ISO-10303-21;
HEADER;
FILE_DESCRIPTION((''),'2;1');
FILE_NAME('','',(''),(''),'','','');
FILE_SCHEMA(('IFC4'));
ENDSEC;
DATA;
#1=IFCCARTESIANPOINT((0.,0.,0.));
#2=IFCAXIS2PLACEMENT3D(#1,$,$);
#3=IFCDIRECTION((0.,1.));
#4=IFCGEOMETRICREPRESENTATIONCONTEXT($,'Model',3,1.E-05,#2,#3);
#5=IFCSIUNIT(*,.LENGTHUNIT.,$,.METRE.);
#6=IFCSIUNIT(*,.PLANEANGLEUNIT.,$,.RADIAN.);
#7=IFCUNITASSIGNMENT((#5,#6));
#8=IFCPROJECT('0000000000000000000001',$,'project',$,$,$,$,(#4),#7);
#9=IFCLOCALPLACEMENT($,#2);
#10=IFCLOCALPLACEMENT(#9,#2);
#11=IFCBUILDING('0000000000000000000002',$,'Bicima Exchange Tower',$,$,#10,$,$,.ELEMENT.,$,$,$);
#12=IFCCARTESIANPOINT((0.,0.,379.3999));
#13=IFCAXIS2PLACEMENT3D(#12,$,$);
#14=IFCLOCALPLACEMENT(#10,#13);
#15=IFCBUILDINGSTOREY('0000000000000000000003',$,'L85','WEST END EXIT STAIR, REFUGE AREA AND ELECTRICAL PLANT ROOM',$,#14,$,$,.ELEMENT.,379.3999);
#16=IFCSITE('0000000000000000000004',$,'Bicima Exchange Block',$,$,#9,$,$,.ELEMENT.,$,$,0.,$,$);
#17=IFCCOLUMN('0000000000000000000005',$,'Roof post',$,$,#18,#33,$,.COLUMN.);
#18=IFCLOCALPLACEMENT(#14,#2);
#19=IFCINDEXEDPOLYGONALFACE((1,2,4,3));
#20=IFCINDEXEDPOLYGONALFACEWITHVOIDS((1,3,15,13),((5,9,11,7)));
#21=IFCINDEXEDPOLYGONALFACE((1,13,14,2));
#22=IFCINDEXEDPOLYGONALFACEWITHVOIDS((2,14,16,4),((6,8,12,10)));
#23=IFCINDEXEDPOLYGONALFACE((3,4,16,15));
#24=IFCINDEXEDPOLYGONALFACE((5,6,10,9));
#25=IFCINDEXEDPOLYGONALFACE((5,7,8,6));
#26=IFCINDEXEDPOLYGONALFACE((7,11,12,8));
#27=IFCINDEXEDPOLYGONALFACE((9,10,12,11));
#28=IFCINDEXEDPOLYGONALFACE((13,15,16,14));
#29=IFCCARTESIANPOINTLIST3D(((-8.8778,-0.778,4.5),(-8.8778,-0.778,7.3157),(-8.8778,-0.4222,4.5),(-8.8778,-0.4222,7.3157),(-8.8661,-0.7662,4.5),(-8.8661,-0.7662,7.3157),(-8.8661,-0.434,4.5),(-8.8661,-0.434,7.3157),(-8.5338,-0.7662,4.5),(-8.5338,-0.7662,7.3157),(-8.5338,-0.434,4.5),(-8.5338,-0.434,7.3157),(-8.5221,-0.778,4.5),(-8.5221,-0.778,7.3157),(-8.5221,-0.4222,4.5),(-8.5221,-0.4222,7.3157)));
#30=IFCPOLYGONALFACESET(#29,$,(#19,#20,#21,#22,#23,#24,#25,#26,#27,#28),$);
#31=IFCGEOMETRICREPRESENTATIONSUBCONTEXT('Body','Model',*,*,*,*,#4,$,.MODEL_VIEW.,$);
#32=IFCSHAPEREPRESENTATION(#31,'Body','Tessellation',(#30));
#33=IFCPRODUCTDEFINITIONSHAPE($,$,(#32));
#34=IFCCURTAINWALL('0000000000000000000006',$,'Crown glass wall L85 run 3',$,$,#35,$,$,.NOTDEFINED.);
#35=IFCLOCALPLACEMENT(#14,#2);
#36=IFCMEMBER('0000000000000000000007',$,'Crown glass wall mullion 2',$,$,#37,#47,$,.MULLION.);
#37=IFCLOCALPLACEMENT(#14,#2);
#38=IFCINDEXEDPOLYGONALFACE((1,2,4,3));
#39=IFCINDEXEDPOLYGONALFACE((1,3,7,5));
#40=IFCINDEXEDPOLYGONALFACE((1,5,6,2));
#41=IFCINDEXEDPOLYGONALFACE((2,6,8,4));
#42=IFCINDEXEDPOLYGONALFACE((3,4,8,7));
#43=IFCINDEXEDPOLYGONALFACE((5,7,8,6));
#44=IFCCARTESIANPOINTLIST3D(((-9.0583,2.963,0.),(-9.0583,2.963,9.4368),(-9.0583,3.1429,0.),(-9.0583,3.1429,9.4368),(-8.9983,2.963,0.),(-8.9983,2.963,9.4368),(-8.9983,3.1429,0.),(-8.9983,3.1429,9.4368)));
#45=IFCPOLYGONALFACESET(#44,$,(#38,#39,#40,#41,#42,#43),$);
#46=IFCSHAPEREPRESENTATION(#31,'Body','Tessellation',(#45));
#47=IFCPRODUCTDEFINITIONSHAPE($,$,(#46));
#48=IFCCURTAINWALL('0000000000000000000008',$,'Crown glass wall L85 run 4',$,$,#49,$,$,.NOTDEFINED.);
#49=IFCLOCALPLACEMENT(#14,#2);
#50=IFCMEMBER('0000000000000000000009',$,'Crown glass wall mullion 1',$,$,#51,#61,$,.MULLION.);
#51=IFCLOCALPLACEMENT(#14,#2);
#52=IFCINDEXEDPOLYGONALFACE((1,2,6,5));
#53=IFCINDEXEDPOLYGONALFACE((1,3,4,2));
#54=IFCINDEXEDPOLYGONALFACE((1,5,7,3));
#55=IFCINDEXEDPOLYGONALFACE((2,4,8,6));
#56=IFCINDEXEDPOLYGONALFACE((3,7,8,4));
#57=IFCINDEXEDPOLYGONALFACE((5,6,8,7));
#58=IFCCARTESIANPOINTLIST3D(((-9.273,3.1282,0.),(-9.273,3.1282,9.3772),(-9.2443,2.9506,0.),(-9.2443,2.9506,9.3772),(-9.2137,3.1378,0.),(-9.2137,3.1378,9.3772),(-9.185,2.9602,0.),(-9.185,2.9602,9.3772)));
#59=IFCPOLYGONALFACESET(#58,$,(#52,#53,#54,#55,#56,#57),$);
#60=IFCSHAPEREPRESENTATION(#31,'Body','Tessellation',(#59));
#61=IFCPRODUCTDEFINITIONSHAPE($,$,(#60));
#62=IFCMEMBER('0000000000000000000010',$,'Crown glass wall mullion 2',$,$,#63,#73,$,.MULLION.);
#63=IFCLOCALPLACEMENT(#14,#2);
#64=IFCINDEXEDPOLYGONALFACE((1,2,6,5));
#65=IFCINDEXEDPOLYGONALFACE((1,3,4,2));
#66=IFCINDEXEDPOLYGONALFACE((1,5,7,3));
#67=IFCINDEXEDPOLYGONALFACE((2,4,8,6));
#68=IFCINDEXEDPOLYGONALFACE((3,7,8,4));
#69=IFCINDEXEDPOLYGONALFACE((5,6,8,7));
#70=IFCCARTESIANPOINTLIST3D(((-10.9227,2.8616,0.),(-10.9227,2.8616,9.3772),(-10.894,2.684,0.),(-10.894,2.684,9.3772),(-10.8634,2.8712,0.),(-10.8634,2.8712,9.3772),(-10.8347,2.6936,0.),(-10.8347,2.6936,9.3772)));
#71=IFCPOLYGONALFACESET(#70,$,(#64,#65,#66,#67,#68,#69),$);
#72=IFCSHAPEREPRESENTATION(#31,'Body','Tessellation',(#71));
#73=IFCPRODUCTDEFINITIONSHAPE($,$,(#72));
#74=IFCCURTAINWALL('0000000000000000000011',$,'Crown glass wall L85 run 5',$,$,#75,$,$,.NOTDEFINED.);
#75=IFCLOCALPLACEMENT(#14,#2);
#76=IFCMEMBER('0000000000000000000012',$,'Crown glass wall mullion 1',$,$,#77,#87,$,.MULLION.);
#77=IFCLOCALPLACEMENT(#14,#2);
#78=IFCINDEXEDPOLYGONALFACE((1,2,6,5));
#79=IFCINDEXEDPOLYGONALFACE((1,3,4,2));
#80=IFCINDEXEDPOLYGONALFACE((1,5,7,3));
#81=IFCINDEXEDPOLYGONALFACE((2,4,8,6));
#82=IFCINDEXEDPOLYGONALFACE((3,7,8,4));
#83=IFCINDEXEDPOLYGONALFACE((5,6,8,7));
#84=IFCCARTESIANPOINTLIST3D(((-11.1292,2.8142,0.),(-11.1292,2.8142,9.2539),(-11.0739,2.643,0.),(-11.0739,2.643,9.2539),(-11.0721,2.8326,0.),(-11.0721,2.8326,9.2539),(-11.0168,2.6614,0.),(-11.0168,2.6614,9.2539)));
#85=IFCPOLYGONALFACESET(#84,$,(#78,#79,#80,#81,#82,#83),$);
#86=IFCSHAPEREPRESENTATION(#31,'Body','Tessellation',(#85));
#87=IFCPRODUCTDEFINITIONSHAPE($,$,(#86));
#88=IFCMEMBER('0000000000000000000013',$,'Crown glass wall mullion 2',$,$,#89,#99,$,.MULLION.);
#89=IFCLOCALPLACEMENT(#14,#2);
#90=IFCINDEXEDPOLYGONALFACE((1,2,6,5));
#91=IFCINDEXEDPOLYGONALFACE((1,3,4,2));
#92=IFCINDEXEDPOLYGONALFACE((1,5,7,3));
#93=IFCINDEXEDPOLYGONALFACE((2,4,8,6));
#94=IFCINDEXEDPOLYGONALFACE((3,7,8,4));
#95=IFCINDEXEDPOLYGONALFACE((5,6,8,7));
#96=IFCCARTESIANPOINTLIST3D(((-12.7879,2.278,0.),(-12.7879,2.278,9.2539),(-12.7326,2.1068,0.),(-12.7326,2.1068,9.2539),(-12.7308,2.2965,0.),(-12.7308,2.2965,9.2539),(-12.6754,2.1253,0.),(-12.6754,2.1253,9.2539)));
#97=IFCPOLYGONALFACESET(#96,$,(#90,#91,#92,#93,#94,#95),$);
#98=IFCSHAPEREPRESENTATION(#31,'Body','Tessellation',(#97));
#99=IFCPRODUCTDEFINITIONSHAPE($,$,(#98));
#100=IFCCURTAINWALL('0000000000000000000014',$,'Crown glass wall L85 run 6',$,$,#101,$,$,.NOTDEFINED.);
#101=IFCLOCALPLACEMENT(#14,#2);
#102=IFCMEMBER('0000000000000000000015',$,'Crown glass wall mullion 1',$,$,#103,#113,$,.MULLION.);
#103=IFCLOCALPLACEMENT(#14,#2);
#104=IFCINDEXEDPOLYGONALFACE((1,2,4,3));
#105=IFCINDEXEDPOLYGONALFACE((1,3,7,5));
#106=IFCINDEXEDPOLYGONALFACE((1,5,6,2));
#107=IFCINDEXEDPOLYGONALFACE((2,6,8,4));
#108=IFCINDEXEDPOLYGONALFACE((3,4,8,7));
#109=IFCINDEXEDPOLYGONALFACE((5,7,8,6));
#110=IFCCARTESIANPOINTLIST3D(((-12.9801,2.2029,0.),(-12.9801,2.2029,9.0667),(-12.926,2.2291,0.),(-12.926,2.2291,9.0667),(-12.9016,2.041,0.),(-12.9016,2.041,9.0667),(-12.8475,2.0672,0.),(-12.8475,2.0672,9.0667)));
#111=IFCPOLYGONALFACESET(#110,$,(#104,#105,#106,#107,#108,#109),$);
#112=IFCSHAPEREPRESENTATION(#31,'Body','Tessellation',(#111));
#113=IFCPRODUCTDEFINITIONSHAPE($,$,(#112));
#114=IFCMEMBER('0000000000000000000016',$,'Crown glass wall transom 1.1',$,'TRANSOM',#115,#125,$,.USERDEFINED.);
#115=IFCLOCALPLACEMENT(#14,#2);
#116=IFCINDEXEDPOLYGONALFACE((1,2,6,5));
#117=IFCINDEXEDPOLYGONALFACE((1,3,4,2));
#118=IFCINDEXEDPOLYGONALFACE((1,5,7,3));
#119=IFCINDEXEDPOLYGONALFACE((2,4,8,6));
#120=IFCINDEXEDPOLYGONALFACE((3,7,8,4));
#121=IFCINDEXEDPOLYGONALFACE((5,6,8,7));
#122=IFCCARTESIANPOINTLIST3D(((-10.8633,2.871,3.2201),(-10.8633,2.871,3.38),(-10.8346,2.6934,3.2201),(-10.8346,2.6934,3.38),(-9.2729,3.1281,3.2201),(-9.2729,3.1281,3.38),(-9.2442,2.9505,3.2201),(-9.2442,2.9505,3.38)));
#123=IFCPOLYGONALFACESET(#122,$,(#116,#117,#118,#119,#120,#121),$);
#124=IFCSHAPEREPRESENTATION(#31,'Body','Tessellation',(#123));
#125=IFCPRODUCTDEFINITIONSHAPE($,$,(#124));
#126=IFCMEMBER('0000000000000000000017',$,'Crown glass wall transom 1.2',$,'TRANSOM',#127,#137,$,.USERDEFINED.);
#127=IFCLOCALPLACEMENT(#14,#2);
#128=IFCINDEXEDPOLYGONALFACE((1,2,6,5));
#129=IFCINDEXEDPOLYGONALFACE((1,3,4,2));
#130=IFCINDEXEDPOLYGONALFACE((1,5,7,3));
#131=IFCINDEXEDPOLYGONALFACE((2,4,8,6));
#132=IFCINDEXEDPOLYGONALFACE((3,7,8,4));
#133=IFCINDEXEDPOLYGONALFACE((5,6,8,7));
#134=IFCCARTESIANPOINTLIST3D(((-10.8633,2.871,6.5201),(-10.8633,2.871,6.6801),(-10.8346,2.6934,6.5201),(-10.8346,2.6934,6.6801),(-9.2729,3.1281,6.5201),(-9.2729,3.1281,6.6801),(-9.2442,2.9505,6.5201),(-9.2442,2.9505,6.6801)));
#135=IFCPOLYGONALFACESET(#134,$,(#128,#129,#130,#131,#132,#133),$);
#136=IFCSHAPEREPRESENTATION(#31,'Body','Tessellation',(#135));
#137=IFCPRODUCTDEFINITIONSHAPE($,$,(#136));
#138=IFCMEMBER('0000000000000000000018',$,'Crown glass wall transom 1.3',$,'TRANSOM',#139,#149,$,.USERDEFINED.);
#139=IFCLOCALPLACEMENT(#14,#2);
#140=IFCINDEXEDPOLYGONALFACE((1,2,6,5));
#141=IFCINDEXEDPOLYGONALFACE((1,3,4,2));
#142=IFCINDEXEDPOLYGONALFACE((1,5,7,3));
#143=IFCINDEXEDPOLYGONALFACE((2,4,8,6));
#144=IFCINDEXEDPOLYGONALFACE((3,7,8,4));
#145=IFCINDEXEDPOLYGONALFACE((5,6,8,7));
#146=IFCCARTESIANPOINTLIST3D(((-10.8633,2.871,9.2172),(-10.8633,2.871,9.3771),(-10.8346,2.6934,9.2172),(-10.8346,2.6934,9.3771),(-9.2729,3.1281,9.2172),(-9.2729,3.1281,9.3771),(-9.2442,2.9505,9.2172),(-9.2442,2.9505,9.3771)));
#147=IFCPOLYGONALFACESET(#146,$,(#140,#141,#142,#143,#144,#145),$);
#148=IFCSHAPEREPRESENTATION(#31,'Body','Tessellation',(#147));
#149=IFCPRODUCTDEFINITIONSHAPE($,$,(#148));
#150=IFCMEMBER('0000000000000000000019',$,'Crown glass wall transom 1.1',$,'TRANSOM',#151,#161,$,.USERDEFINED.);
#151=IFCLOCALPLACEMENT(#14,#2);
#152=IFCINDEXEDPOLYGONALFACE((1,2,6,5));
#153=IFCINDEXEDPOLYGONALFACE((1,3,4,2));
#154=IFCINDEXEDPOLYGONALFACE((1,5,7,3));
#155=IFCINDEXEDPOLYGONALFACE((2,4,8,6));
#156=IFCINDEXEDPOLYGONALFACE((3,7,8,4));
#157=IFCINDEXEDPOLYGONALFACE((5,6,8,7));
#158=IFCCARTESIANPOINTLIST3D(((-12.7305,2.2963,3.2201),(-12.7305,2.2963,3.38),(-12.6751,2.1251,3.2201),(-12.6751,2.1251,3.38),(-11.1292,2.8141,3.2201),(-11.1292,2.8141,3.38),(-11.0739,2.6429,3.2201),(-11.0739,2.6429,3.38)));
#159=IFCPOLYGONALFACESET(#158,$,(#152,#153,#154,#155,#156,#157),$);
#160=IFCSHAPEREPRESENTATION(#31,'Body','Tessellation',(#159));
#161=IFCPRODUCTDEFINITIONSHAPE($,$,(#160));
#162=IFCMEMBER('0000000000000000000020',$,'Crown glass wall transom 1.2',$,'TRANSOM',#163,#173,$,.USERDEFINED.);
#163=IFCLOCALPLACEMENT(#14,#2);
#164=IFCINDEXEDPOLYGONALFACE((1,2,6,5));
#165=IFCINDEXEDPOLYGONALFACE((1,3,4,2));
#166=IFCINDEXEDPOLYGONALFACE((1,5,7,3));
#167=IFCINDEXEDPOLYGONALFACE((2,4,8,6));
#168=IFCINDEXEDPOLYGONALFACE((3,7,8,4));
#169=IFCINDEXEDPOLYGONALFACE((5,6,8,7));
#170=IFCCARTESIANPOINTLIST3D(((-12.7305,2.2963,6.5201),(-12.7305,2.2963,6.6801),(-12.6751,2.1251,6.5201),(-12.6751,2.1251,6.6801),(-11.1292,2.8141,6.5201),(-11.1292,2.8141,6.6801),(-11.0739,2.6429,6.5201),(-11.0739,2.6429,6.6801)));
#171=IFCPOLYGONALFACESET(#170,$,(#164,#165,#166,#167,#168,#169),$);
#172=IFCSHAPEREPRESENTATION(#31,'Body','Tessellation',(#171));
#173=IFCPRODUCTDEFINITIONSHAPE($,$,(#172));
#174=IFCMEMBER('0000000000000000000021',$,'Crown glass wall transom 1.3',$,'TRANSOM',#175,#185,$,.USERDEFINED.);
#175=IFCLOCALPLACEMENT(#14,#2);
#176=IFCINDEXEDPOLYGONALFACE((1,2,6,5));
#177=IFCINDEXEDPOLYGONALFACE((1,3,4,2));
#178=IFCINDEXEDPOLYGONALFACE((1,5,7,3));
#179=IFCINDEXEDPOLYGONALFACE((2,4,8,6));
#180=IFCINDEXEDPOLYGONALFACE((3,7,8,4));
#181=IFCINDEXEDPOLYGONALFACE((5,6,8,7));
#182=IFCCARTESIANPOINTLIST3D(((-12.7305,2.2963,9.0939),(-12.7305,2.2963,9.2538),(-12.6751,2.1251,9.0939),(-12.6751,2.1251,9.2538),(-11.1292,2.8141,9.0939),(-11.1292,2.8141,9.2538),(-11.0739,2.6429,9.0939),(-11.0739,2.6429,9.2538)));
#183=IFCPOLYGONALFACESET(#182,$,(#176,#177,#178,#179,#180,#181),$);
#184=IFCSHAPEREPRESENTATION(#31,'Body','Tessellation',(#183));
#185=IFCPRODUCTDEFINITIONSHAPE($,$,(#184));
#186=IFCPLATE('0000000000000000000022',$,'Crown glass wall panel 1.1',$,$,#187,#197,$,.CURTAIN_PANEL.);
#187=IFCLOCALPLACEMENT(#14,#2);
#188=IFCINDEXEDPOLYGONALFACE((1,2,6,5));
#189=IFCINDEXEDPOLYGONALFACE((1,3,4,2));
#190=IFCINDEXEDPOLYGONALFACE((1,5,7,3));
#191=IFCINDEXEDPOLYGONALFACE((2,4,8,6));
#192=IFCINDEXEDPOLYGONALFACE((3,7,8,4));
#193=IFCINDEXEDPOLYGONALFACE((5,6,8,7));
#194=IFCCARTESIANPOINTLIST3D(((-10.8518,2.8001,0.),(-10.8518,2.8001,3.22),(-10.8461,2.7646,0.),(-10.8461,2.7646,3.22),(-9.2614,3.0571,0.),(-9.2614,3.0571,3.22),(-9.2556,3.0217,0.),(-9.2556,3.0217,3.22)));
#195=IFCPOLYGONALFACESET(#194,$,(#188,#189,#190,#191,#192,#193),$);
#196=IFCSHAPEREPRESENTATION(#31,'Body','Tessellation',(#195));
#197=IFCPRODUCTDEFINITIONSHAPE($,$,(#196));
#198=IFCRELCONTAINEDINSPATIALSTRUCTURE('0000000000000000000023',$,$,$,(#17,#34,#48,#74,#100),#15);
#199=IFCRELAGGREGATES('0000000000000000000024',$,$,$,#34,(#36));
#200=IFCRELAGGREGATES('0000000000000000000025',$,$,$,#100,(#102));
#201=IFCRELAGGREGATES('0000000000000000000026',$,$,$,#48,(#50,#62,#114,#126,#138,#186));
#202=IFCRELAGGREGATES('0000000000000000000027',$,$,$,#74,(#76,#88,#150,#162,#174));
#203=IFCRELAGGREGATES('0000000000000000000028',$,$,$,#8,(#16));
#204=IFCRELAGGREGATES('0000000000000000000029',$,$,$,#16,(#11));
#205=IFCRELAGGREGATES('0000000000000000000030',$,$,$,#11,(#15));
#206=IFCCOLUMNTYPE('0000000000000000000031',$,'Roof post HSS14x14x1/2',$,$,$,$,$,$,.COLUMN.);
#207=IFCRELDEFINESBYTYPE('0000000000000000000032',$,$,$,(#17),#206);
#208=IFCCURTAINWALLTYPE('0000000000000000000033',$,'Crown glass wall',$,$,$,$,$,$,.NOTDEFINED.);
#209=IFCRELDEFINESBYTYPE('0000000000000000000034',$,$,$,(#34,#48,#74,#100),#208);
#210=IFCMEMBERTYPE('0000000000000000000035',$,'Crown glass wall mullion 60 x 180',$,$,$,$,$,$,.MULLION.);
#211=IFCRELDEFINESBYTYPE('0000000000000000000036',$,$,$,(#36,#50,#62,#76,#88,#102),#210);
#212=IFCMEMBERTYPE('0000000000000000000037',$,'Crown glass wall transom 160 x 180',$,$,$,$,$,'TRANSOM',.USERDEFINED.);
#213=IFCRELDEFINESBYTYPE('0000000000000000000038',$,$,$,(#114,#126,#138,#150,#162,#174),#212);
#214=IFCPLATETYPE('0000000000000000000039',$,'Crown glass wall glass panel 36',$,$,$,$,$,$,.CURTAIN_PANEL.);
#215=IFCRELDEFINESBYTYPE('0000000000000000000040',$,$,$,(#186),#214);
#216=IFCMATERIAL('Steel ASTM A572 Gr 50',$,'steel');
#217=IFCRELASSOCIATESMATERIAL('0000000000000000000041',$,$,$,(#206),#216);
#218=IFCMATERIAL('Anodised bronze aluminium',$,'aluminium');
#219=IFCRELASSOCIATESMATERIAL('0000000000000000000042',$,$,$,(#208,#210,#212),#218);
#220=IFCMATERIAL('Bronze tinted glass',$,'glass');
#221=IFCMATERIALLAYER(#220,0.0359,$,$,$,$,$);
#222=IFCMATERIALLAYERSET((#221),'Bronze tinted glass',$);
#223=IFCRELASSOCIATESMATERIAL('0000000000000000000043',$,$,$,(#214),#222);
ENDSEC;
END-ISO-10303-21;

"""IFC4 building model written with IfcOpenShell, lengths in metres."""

from ifc_helpers import new_model, si_unit, direction, frame, origin, origin_2d, place, context, subcontext, project, spatial, rectangle, hollow_rectangle, extrude, material, layer, layer_set, material_profile, profile_set, type_object, element, aggregate, save


model = new_model("IFC4")

# Units and contexts
model_context = context("Model", 3, precision=1e-05, world=origin(), true_north=direction((0.0, 1.0)))
body_context = subcontext(model_context, "Body", "Model", "MODEL_VIEW")
ifc_project = project(units=[si_unit("LENGTHUNIT", "METRE"), si_unit("PLANEANGLEUNIT", "RADIAN")], contexts=[model_context])

# Site, building, storey
site_placement = place(None, origin())
site = spatial("IfcSite", under=ifc_project, at=site_placement, Name="Bicima Exchange Block", CompositionType="ELEMENT", RefElevation=0.0)
building_placement = place(site_placement, origin())
building = spatial("IfcBuilding", under=site, at=building_placement, Name="Bicima Exchange Tower", CompositionType="ELEMENT")
storey_placement = place(building_placement, frame((0.0, 0.0, 379.3999)))
storey = spatial("IfcBuildingStorey", under=building, at=storey_placement, Name="L85", Description="WEST END EXIT STAIR, REFUGE AREA AND ELECTRICAL PLANT ROOM", CompositionType="ELEMENT", Elevation=379.3999)

# Column
ifc_material_1 = material(Name="Steel ASTM A572 Gr 50", Category="steel")
ifc_material_profile_1 = material_profile(ifc_material_1, hollow_rectangle(XDim=0.3557, YDim=0.3557, WallThickness=0.0117, at=origin_2d()))
ifc_profile_set_1 = profile_set([ifc_material_profile_1], Name="Steel ASTM A572 Gr 50")
column_type = type_object("IfcColumnType", Name="Roof post HSS14x14x1/2", PredefinedType="COLUMN", material=ifc_profile_set_1)
column_placement = place(storey_placement, frame((-8.7, -0.6001, 4.5), z_axis=(0.0, 0.0, 1.0), x_axis=(1.0, 0.0, 0.0)))
element("IfcColumn", 1, at=column_placement, inside=storey, type_object=column_type, Name="Roof post", PredefinedType="COLUMN", context=body_context, shape_type="SweptSolid", body=[
    extrude(hollow_rectangle(XDim=0.3557, YDim=0.3557, WallThickness=0.0117, at=origin_2d()), origin(), (0.0, 0.0, 1.0), 2.8157),
])

# Curtain wall, member
ifc_material_2 = material(Name="Anodised bronze aluminium", Category="aluminium")
curtain_wall_type = type_object("IfcCurtainWallType", Name="Crown glass wall", PredefinedType="NOTDEFINED", material=ifc_material_2)
curtain_wall_1_placement = place(storey_placement, origin())
curtain_wall_1 = element("IfcCurtainWall", 2, at=curtain_wall_1_placement, inside=storey, type_object=curtain_wall_type, Name="Crown glass wall L85 run 3", PredefinedType="NOTDEFINED")
ifc_material_profile_2 = material_profile(ifc_material_2, rectangle(XDim=0.1799, YDim=0.0601, at=origin_2d()))
ifc_profile_set_2 = profile_set([ifc_material_profile_2], Name="Anodised bronze aluminium")
member_type_1 = type_object("IfcMemberType", Name="Crown glass wall mullion 60 x 180", PredefinedType="MULLION", material=ifc_profile_set_2)
member_1_placement = place(storey_placement, frame((-9.0283, 3.053, 0.0), z_axis=(0.0, 0.0, 1.0), x_axis=(0.0, -1.0, 0.0)))
member_1 = element("IfcMember", 3, at=member_1_placement, type_object=member_type_1, Name="Crown glass wall mullion 2", PredefinedType="MULLION", context=body_context, shape_type="SweptSolid", body=[
    extrude(rectangle(XDim=0.1799, YDim=0.0601, at=origin_2d()), origin(), (0.0, 0.0, 1.0), 9.4368),
])
aggregate(curtain_wall_1, [member_1])

# Curtain walls, members
curtain_wall_2_placement = place(storey_placement, origin())
curtain_wall_2 = element("IfcCurtainWall", 4, at=curtain_wall_2_placement, inside=storey, type_object=curtain_wall_type, Name="Crown glass wall L85 run 4", PredefinedType="NOTDEFINED")
member_2_placement = place(storey_placement, frame((-9.229, 3.0442, 0.0), z_axis=(0.0, 0.0, 1.0), x_axis=(0.15955, -0.98719, 0.0)))
member_2 = element("IfcMember", 5, at=member_2_placement, type_object=member_type_1, Name="Crown glass wall mullion 1", PredefinedType="MULLION", context=body_context, shape_type="SweptSolid", body=[
    extrude(rectangle(XDim=0.1799, YDim=0.0601, at=origin_2d()), origin(), (0.0, 0.0, 1.0), 9.3772),
])
member_3_placement = place(storey_placement, frame((-10.8787, 2.7776, 0.0), z_axis=(0.0, 0.0, 1.0), x_axis=(0.15955, -0.98719, 0.0)))
member_3 = element("IfcMember", 6, at=member_3_placement, type_object=member_type_1, Name="Crown glass wall mullion 2", PredefinedType="MULLION", context=body_context, shape_type="SweptSolid", body=[
    extrude(rectangle(XDim=0.1799, YDim=0.0601, at=origin_2d()), origin(), (0.0, 0.0, 1.0), 9.3772),
])
curtain_wall_3_placement = place(storey_placement, origin())
curtain_wall_3 = element("IfcCurtainWall", 7, at=curtain_wall_3_placement, inside=storey, type_object=curtain_wall_type, Name="Crown glass wall L85 run 5", PredefinedType="NOTDEFINED")
member_4_placement = place(storey_placement, frame((-11.073, 2.7378, 0.0), z_axis=(0.0, 0.0, 1.0), x_axis=(0.307573, -0.951525, 0.0)))
member_4 = element("IfcMember", 8, at=member_4_placement, type_object=member_type_1, Name="Crown glass wall mullion 1", PredefinedType="MULLION", context=body_context, shape_type="SweptSolid", body=[
    extrude(rectangle(XDim=0.1799, YDim=0.0601, at=origin_2d()), origin(), (0.0, 0.0, 1.0), 9.2539),
])
member_5_placement = place(storey_placement, frame((-12.7317, 2.2017, 0.0), z_axis=(0.0, 0.0, 1.0), x_axis=(0.307573, -0.951525, 0.0)))
member_5 = element("IfcMember", 9, at=member_5_placement, type_object=member_type_1, Name="Crown glass wall mullion 2", PredefinedType="MULLION", context=body_context, shape_type="SweptSolid", body=[
    extrude(rectangle(XDim=0.1799, YDim=0.0601, at=origin_2d()), origin(), (0.0, 0.0, 1.0), 9.2539),
])

# Curtain wall, member
curtain_wall_4_placement = place(storey_placement, origin())
curtain_wall_4 = element("IfcCurtainWall", 10, at=curtain_wall_4_placement, inside=storey, type_object=curtain_wall_type, Name="Crown glass wall L85 run 6", PredefinedType="NOTDEFINED")
member_6_placement = place(storey_placement, frame((-12.9138, 2.135, 0.0), z_axis=(0.0, 0.0, 1.0), x_axis=(0.436265, -0.899818, 0.0)))
member_6 = element("IfcMember", 11, at=member_6_placement, type_object=member_type_1, Name="Crown glass wall mullion 1", PredefinedType="MULLION", context=body_context, shape_type="SweptSolid", body=[
    extrude(rectangle(XDim=0.1799, YDim=0.0601, at=origin_2d()), origin(), (0.0, 0.0, 1.0), 9.0667),
])
aggregate(curtain_wall_4, [member_6])

# Members
ifc_material_profile_3 = material_profile(ifc_material_2, rectangle(XDim=0.1799, YDim=0.1599, at=origin_2d()))
ifc_profile_set_3 = profile_set([ifc_material_profile_3], Name="Anodised bronze aluminium")
member_type_2 = type_object("IfcMemberType", Name="Crown glass wall transom 160 x 180", ElementType="TRANSOM", PredefinedType="USERDEFINED", material=ifc_profile_set_3)
member_7_placement = place(storey_placement, frame((-9.2585, 3.0393, 3.3), z_axis=(-0.987185, -0.15958, 0.0), x_axis=(0.15958, -0.987185, 0.0)))
member_7 = element("IfcMember", 12, at=member_7_placement, type_object=member_type_2, Name="Crown glass wall transom 1.1", ObjectType="TRANSOM", PredefinedType="USERDEFINED", context=body_context, shape_type="SweptSolid", body=[
    extrude(rectangle(XDim=0.1799, YDim=0.1599, at=origin_2d()), origin(), (0.0, 0.0, 1.0), 1.6111),
])
member_8_placement = place(storey_placement, frame((-9.2585, 3.0393, 6.6001), z_axis=(-0.987185, -0.15958, 0.0), x_axis=(0.15958, -0.987185, 0.0)))
member_8 = element("IfcMember", 13, at=member_8_placement, type_object=member_type_2, Name="Crown glass wall transom 1.2", ObjectType="TRANSOM", PredefinedType="USERDEFINED", context=body_context, shape_type="SweptSolid", body=[
    extrude(rectangle(XDim=0.1799, YDim=0.1599, at=origin_2d()), origin(), (0.0, 0.0, 1.0), 1.6111),
])
member_9_placement = place(storey_placement, frame((-9.2585, 3.0393, 9.2971), z_axis=(-0.987185, -0.15958, 0.0), x_axis=(0.15958, -0.987185, 0.0)))
member_9 = element("IfcMember", 14, at=member_9_placement, type_object=member_type_2, Name="Crown glass wall transom 1.3", ObjectType="TRANSOM", PredefinedType="USERDEFINED", context=body_context, shape_type="SweptSolid", body=[
    extrude(rectangle(XDim=0.1799, YDim=0.1599, at=origin_2d()), origin(), (0.0, 0.0, 1.0), 1.6111),
])
member_10_placement = place(storey_placement, frame((-11.1016, 2.7285, 3.3), z_axis=(-0.951488, -0.307685, 0.0), x_axis=(0.307685, -0.951488, 0.0)))
member_10 = element("IfcMember", 15, at=member_10_placement, type_object=member_type_2, Name="Crown glass wall transom 1.1", ObjectType="TRANSOM", PredefinedType="USERDEFINED", context=body_context, shape_type="SweptSolid", body=[
    extrude(rectangle(XDim=0.1799, YDim=0.1599, at=origin_2d()), origin(), (0.0, 0.0, 1.0), 1.6829),
])
member_11_placement = place(storey_placement, frame((-11.1016, 2.7285, 6.6001), z_axis=(-0.951488, -0.307685, 0.0), x_axis=(0.307685, -0.951488, 0.0)))
member_11 = element("IfcMember", 16, at=member_11_placement, type_object=member_type_2, Name="Crown glass wall transom 1.2", ObjectType="TRANSOM", PredefinedType="USERDEFINED", context=body_context, shape_type="SweptSolid", body=[
    extrude(rectangle(XDim=0.1799, YDim=0.1599, at=origin_2d()), origin(), (0.0, 0.0, 1.0), 1.6829),
])
member_12_placement = place(storey_placement, frame((-11.1016, 2.7285, 9.1738), z_axis=(-0.951488, -0.307685, 0.0), x_axis=(0.307685, -0.951488, 0.0)))
member_12 = element("IfcMember", 17, at=member_12_placement, type_object=member_type_2, Name="Crown glass wall transom 1.3", ObjectType="TRANSOM", PredefinedType="USERDEFINED", context=body_context, shape_type="SweptSolid", body=[
    extrude(rectangle(XDim=0.1799, YDim=0.1599, at=origin_2d()), origin(), (0.0, 0.0, 1.0), 1.6829),
])

# Plate
ifc_material_3 = material(Name="Bronze tinted glass", Category="glass")
ifc_layer_1 = layer(ifc_material_3, 0.0359)
ifc_layer_set_1 = layer_set([ifc_layer_1], Name="Bronze tinted glass")
plate_type_1 = type_object("IfcPlateType", Name="Crown glass wall glass panel 36", PredefinedType="CURTAIN_PANEL", material=ifc_layer_set_1)
plate_1_placement = place(storey_placement, frame((-10.0537, 2.9109, 0.0), z_axis=(0.0, 0.0, 1.0), x_axis=(-0.98719, -0.15955, 0.0)))
plate_1 = element("IfcPlate", 18, at=plate_1_placement, type_object=plate_type_1, Name="Crown glass wall panel 1.1", PredefinedType="CURTAIN_PANEL", context=body_context, shape_type="SweptSolid", body=[
    extrude(rectangle(XDim=1.6111, YDim=0.0359, at=origin_2d()), origin(), (0.0, 0.0, 1.0), 3.22),
])
aggregate(curtain_wall_2, [member_2, member_3, member_7, member_8, member_9, plate_1])
aggregate(curtain_wall_3, [member_4, member_5, member_10, member_11, member_12])

save(model, "model.ifc")
